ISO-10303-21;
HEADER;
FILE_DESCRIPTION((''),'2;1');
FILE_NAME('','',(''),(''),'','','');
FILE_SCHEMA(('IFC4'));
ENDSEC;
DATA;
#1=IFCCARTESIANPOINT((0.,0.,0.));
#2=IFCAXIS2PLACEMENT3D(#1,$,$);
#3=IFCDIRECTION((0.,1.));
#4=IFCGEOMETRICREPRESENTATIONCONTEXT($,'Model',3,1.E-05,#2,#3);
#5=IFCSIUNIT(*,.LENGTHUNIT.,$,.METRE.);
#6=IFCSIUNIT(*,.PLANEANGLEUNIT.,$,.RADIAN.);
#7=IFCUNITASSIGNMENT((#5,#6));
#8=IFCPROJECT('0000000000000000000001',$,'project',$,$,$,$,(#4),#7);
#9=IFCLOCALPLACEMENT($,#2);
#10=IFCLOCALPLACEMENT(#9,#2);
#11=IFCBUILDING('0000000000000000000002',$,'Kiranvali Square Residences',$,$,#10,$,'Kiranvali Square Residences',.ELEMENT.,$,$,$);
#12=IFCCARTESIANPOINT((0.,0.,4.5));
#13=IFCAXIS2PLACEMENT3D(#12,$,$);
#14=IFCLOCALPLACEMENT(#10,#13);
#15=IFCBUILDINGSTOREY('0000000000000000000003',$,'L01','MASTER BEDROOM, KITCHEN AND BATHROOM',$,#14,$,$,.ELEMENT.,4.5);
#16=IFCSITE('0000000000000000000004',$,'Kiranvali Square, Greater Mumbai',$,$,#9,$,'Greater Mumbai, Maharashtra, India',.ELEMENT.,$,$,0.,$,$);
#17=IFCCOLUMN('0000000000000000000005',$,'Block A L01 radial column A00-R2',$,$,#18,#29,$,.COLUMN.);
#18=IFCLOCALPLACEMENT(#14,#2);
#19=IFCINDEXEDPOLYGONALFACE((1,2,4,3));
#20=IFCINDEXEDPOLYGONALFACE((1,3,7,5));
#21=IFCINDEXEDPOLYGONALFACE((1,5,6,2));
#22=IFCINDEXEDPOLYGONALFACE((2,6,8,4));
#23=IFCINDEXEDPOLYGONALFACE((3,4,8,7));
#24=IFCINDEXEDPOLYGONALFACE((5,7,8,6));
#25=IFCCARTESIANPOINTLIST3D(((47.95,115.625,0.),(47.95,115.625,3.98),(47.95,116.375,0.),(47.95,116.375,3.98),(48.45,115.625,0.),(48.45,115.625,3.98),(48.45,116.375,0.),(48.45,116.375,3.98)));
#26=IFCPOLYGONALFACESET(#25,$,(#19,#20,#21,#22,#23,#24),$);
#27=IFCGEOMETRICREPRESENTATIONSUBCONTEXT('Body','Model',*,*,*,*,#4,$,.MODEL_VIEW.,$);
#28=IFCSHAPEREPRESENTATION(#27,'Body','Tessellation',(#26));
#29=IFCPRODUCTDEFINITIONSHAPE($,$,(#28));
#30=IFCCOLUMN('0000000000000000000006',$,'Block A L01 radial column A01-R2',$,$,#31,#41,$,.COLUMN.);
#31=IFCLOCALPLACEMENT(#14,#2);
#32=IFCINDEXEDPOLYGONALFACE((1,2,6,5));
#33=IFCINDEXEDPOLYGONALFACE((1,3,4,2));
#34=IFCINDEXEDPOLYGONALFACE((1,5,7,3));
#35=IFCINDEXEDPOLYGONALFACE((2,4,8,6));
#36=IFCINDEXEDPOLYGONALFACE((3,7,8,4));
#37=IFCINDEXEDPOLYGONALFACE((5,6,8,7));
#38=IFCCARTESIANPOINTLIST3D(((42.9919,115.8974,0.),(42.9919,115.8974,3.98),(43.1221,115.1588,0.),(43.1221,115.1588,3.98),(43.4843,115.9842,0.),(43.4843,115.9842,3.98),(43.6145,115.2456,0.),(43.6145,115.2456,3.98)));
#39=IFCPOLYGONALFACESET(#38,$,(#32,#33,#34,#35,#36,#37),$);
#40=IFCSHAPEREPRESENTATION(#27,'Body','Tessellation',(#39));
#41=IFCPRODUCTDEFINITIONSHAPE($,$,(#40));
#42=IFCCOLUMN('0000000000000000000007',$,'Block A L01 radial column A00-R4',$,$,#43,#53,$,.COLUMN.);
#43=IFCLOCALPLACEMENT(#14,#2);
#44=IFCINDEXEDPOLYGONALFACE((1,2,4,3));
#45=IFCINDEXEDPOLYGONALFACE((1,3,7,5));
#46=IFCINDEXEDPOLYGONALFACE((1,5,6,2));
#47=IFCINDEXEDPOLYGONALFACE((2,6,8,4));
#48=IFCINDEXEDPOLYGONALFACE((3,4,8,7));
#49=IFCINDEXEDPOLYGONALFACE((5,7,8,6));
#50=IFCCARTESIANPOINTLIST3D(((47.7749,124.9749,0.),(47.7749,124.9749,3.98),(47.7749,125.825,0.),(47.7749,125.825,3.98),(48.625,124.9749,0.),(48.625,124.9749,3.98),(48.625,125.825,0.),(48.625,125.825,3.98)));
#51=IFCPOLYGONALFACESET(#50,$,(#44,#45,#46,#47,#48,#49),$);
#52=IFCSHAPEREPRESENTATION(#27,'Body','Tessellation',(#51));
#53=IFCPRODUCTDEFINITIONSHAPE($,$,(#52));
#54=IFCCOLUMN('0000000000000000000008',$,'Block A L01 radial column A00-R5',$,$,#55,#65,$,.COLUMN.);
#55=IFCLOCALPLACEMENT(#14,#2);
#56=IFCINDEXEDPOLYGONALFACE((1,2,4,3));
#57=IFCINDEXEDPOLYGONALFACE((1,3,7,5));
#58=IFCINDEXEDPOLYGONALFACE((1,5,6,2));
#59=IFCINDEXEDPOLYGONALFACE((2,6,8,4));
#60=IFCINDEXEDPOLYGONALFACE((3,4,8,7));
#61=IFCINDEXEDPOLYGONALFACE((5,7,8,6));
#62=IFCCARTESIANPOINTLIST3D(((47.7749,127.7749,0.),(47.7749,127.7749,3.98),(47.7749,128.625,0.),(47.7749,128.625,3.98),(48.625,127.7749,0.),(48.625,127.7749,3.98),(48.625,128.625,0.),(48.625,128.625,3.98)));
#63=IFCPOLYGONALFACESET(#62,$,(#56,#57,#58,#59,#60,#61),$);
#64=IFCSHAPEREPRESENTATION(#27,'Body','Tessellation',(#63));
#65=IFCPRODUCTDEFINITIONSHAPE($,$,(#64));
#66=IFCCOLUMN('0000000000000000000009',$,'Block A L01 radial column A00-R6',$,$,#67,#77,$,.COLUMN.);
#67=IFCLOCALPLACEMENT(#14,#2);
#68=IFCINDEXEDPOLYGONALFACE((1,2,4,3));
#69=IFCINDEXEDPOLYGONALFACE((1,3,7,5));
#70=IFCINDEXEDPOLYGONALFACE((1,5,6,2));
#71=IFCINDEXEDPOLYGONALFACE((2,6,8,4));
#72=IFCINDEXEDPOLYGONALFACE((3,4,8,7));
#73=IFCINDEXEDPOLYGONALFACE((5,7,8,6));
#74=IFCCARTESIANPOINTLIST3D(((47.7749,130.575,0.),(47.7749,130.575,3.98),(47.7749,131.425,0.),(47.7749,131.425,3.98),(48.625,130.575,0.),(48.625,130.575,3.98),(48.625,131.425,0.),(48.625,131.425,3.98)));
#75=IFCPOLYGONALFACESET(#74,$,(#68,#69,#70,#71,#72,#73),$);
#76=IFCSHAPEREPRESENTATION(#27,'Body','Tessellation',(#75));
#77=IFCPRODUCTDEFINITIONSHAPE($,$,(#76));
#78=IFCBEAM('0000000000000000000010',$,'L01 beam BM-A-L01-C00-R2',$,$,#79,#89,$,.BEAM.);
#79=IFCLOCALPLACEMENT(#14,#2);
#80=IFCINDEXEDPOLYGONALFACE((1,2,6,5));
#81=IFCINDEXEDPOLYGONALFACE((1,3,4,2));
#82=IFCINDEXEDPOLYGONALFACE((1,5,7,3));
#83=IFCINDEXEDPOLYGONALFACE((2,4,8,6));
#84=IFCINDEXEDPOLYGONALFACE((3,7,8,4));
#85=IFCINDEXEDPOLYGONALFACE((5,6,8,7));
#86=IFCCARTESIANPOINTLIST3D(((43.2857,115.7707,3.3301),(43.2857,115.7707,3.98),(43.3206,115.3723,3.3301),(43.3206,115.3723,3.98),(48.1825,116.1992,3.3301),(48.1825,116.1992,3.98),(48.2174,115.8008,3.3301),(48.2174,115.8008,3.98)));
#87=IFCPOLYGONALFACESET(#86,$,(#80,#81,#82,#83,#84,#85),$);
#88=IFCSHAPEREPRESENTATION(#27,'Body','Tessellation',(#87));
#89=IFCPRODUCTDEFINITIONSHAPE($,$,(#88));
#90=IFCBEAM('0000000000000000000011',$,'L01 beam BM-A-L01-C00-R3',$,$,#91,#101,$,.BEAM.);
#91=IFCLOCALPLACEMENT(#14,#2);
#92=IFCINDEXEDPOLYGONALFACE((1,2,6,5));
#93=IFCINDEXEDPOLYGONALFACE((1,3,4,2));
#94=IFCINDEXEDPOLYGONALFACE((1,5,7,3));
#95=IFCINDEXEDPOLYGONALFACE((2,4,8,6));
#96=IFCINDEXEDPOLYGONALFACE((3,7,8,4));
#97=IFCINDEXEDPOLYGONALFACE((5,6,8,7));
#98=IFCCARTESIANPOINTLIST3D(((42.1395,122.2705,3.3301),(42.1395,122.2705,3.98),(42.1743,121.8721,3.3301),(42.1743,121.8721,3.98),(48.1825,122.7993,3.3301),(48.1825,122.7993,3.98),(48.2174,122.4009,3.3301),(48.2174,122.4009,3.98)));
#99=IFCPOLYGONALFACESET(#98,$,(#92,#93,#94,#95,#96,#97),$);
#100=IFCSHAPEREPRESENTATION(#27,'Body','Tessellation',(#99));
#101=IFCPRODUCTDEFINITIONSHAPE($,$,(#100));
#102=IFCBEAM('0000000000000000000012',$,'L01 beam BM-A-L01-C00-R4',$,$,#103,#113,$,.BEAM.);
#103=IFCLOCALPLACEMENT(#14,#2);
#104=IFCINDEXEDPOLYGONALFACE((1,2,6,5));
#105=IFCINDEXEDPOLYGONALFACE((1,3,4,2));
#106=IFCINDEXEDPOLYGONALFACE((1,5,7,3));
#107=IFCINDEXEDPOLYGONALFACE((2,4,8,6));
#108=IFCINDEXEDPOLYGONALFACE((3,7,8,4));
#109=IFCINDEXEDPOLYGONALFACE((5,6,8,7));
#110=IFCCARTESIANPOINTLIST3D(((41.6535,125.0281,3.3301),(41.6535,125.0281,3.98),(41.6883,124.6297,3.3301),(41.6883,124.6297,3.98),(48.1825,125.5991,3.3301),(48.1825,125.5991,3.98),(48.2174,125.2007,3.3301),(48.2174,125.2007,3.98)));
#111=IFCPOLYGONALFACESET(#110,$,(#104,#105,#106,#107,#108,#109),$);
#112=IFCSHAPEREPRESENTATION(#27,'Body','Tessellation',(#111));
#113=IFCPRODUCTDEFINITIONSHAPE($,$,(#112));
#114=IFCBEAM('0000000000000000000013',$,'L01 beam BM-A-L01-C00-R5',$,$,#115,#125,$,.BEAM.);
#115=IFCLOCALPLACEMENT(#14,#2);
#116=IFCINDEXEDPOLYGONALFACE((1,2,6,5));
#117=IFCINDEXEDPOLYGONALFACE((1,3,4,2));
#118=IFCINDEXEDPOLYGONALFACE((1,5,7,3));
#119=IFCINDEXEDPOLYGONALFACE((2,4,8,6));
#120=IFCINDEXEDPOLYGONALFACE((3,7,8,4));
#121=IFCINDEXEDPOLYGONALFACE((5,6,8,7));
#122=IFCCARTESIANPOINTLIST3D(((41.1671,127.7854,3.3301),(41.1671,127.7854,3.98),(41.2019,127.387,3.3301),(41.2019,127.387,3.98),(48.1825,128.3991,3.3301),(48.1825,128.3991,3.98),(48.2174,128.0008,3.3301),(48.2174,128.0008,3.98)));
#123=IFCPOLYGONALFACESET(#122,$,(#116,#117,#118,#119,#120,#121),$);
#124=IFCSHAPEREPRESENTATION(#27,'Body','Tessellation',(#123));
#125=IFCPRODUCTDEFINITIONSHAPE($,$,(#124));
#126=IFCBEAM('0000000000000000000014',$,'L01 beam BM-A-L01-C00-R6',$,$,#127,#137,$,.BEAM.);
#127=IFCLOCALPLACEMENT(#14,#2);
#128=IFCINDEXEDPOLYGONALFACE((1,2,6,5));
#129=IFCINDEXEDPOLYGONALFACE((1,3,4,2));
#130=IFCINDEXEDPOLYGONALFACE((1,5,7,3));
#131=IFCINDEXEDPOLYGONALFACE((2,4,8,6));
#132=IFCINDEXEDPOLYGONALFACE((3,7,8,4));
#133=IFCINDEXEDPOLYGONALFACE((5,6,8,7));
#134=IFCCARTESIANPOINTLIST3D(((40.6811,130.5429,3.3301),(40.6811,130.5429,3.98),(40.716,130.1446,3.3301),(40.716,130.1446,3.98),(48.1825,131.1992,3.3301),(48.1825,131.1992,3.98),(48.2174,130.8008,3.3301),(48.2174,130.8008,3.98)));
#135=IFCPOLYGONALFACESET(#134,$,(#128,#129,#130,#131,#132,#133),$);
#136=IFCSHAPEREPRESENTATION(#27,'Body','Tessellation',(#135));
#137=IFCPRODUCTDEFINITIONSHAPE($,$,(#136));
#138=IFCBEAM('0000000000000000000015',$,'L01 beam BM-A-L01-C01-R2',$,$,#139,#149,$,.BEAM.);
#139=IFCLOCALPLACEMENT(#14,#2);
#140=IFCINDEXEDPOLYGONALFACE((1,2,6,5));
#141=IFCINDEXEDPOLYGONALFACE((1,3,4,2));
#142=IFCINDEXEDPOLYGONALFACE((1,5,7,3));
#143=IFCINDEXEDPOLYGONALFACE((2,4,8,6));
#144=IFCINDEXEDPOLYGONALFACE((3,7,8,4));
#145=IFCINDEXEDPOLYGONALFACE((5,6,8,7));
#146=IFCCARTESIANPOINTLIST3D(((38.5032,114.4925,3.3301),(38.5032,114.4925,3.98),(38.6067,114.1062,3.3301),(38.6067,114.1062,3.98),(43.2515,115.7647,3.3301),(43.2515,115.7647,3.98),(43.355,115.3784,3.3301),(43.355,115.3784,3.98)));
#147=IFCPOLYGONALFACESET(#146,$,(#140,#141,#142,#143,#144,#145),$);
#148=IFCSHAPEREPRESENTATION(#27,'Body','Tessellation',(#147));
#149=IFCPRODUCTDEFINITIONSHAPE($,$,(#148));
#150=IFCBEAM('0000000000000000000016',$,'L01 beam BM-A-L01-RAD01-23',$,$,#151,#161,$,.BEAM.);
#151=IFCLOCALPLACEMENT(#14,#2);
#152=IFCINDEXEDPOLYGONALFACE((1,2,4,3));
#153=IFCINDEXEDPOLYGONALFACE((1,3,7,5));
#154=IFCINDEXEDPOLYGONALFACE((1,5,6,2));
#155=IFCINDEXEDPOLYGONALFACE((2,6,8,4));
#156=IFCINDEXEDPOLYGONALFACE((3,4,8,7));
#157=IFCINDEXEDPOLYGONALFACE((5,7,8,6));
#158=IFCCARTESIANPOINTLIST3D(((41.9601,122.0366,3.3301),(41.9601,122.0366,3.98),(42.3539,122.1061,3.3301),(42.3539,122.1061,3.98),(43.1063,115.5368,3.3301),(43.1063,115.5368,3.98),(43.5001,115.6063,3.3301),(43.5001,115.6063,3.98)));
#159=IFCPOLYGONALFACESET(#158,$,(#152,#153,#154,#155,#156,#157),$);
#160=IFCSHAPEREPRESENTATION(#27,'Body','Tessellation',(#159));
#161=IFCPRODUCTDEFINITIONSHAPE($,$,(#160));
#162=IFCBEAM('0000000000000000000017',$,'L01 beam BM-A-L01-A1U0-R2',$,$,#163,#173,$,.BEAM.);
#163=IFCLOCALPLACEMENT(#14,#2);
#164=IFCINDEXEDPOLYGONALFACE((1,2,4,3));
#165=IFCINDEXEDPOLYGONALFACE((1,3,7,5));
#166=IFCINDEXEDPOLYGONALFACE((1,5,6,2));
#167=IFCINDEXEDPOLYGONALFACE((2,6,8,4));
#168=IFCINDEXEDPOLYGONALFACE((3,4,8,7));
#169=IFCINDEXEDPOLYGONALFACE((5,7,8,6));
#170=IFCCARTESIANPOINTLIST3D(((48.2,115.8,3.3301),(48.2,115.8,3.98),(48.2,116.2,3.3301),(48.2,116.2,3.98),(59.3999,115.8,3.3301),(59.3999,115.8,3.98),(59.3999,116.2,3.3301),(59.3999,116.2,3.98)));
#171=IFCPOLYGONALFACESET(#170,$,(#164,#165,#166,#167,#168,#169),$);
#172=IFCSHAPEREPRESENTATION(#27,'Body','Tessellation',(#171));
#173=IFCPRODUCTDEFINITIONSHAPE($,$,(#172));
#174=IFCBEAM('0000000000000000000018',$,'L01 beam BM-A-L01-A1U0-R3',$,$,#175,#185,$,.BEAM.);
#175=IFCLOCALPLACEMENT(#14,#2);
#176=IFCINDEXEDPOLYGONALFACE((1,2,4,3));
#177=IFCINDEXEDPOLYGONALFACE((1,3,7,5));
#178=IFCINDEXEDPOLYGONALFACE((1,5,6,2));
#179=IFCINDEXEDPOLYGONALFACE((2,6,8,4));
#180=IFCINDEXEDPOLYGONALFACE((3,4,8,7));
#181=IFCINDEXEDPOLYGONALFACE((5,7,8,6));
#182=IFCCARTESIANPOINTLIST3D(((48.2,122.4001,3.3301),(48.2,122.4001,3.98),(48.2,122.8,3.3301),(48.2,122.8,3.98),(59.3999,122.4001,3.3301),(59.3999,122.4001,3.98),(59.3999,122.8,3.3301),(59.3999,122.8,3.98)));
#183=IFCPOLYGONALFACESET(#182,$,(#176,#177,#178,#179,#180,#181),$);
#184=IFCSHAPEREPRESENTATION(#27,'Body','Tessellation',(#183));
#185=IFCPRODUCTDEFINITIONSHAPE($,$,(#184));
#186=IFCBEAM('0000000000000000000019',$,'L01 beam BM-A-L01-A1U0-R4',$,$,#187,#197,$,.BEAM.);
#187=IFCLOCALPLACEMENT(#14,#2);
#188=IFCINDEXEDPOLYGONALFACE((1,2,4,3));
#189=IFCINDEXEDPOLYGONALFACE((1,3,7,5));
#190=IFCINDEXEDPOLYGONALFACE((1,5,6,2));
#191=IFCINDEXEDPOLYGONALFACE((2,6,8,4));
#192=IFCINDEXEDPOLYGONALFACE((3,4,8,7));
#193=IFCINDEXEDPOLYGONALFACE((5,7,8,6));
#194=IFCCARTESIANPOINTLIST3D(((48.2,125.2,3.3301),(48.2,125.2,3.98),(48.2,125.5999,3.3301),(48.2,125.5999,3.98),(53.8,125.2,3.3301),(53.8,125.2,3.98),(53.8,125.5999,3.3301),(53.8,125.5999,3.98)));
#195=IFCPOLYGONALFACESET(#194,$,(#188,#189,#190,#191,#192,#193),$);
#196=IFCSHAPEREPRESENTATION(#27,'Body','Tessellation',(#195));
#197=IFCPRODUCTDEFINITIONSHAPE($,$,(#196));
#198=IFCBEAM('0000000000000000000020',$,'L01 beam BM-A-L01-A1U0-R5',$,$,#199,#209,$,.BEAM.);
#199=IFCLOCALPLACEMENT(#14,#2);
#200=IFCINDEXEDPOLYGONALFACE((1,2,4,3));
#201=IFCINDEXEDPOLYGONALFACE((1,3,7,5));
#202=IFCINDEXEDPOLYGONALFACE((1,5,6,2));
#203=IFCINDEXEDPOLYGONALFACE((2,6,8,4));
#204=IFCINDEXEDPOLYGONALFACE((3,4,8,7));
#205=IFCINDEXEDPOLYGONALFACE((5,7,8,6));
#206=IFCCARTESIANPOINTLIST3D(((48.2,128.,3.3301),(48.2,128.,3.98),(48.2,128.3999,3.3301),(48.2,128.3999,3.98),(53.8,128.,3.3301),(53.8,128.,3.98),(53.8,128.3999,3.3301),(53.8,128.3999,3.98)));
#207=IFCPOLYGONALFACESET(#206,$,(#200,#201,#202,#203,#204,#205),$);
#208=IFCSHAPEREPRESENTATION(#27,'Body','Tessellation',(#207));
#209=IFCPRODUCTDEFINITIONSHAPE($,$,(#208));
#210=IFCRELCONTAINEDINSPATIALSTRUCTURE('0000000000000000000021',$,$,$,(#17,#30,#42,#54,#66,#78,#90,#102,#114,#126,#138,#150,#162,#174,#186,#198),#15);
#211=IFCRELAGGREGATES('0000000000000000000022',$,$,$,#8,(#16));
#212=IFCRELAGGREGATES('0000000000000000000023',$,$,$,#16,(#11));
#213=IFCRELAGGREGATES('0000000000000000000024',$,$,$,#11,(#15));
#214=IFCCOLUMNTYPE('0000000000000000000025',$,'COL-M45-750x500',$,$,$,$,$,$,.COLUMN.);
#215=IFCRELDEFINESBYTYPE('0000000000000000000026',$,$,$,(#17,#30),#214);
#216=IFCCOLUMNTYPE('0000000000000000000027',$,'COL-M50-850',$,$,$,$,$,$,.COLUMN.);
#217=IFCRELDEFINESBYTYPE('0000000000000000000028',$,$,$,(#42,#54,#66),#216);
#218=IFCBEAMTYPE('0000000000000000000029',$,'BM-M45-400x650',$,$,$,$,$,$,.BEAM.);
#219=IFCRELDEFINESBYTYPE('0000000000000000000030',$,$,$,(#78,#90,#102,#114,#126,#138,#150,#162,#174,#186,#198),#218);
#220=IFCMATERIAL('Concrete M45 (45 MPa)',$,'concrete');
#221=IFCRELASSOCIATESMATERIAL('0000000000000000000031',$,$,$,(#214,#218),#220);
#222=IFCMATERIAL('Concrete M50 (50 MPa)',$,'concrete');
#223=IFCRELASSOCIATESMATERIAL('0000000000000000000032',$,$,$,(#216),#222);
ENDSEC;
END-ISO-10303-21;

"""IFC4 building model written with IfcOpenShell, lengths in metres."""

from ifc_helpers import new_model, si_unit, direction, frame, origin, origin_2d, place, context, subcontext, project, spatial, rectangle, extrude, material, material_profile, profile_set, type_object, element, save


model = new_model("IFC4")

# Units and contexts
model_context = context("Model", 3, precision=1e-05, world=origin(), true_north=direction((0.0, 1.0)))
body_context = subcontext(model_context, "Body", "Model", "MODEL_VIEW")
ifc_project = project(units=[si_unit("LENGTHUNIT", "METRE"), si_unit("PLANEANGLEUNIT", "RADIAN")], contexts=[model_context])

# Site, building, storey
site_placement = place(None, origin())
site = spatial("IfcSite", under=ifc_project, at=site_placement, Name="Kiranvali Square, Greater Mumbai", LongName="Greater Mumbai, Maharashtra, India", CompositionType="ELEMENT", RefElevation=0.0)
building_placement = place(site_placement, origin())
building = spatial("IfcBuilding", under=site, at=building_placement, Name="Kiranvali Square Residences", LongName="Kiranvali Square Residences", CompositionType="ELEMENT")
storey_placement = place(building_placement, frame((0.0, 0.0, 4.5)))
storey = spatial("IfcBuildingStorey", under=building, at=storey_placement, Name="L01", Description="MASTER BEDROOM, KITCHEN AND BATHROOM", CompositionType="ELEMENT", Elevation=4.5)

# Columns
ifc_material_1 = material(Name="Concrete M45 (45 MPa)", Category="concrete")
ifc_material_profile_1 = material_profile(ifc_material_1, rectangle(XDim=0.5, YDim=0.75, at=origin_2d()), Name="RC 750x500")
ifc_profile_set_1 = profile_set([ifc_material_profile_1], Name="Concrete M45 (45 MPa)")
column_type_1 = type_object("IfcColumnType", Name="COL-M45-750x500", PredefinedType="COLUMN", material=ifc_profile_set_1)
for number, where, z_axis, x_axis, name in (
    (1, (48.2, 116.0, 0.0), (0.0, 0.0, 1.0), (1.0, 0.0, 0.0), "Block A L01 radial column A00-R2"),
    (2, (43.3032, 115.5715, 0.0), (0.0, 0.0, 1.0), (0.984808, 0.173648, 0.0), "Block A L01 radial column A01-R2"),
):
    element("IfcColumn", number, at=place(storey_placement, frame(where, z_axis=z_axis, x_axis=x_axis)), inside=storey, type_object=column_type_1, Name=name, PredefinedType="COLUMN", context=body_context, shape_type="SweptSolid", body=[
        extrude(rectangle(XDim=0.5, YDim=0.75, at=origin_2d()), origin(), (0.0, 0.0, 1.0), 3.98),
    ])
ifc_material_2 = material(Name="Concrete M50 (50 MPa)", Category="concrete")
ifc_material_profile_2 = material_profile(ifc_material_2, rectangle(XDim=0.8501, YDim=0.8501, at=origin_2d()), Name="RC 850x850")
ifc_profile_set_2 = profile_set([ifc_material_profile_2], Name="Concrete M50 (50 MPa)")
column_type_2 = type_object("IfcColumnType", Name="COL-M50-850", PredefinedType="COLUMN", material=ifc_profile_set_2)
for number, where, z_axis, x_axis, name in (
    (3, (48.2, 125.3999, 0.0), (0.0, 0.0, 1.0), (1.0, 0.0, 0.0), "Block A L01 radial column A00-R4"),
    (4, (48.2, 128.2, 0.0), (0.0, 0.0, 1.0), (1.0, 0.0, 0.0), "Block A L01 radial column A00-R5"),
    (5, (48.2, 131.0, 0.0), (0.0, 0.0, 1.0), (1.0, 0.0, 0.0), "Block A L01 radial column A00-R6"),
):
    element("IfcColumn", number, at=place(storey_placement, frame(where, z_axis=z_axis, x_axis=x_axis)), inside=storey, type_object=column_type_2, Name=name, PredefinedType="COLUMN", context=body_context, shape_type="SweptSolid", body=[
        extrude(rectangle(XDim=0.8501, YDim=0.8501, at=origin_2d()), origin(), (0.0, 0.0, 1.0), 3.98),
    ])

# Beams
ifc_material_profile_3 = material_profile(ifc_material_1, rectangle(XDim=0.3999, YDim=0.6499, at=origin_2d()), Name="RC 400x650")
ifc_profile_set_3 = profile_set([ifc_material_profile_3], Name="Concrete M45 (45 MPa)")
beam_type = type_object("IfcBeamType", Name="BM-M45-400x650", PredefinedType="BEAM", material=ifc_profile_set_3)
beam_1_placement = place(storey_placement, frame((48.2, 116.0, 3.655), z_axis=(-0.996194, -0.087168, 0.0), x_axis=(0.087168, -0.996194, 0.0)))
element("IfcBeam", 6, at=beam_1_placement, inside=storey, type_object=beam_type, Name="L01 beam BM-A-L01-C00-R2", PredefinedType="BEAM", context=body_context, shape_type="SweptSolid", body=[
    extrude(rectangle(XDim=0.3999, YDim=0.6499, at=origin_2d()), origin(), (0.0, 0.0, 1.0), 4.9155),
])
beam_2_placement = place(storey_placement, frame((48.2, 122.6001, 3.655), z_axis=(-0.996193, -0.087175, 0.0), x_axis=(0.087175, -0.996193, 0.0)))
element("IfcBeam", 7, at=beam_2_placement, inside=storey, type_object=beam_type, Name="L01 beam BM-A-L01-C00-R3", PredefinedType="BEAM", context=body_context, shape_type="SweptSolid", body=[
    extrude(rectangle(XDim=0.3999, YDim=0.6499, at=origin_2d()), origin(), (0.0, 0.0, 1.0), 6.0662),
])
beam_3_placement = place(storey_placement, frame((48.2, 125.3999, 3.655), z_axis=(-0.996197, -0.08713, 0.0), x_axis=(0.08713, -0.996197, 0.0)))
element("IfcBeam", 8, at=beam_3_placement, inside=storey, type_object=beam_type, Name="L01 beam BM-A-L01-C00-R4", PredefinedType="BEAM", context=body_context, shape_type="SweptSolid", body=[
    extrude(rectangle(XDim=0.3999, YDim=0.6499, at=origin_2d()), origin(), (0.0, 0.0, 1.0), 6.554),
])
beam_4_placement = place(storey_placement, frame((48.2, 128.2, 3.655), z_axis=(-0.996195, -0.087156, 0.0), x_axis=(0.087156, -0.996195, 0.0)))
element("IfcBeam", 9, at=beam_4_placement, inside=storey, type_object=beam_type, Name="L01 beam BM-A-L01-C00-R5", PredefinedType="BEAM", context=body_context, shape_type="SweptSolid", body=[
    extrude(rectangle(XDim=0.3999, YDim=0.6499, at=origin_2d()), origin(), (0.0, 0.0, 1.0), 7.0422),
])
beam_5_placement = place(storey_placement, frame((48.2, 131.0, 3.655), z_axis=(-0.996195, -0.08715, 0.0), x_axis=(0.08715, -0.996195, 0.0)))
element("IfcBeam", 10, at=beam_5_placement, inside=storey, type_object=beam_type, Name="L01 beam BM-A-L01-C00-R6", PredefinedType="BEAM", context=body_context, shape_type="SweptSolid", body=[
    extrude(rectangle(XDim=0.3999, YDim=0.6499, at=origin_2d()), origin(), (0.0, 0.0, 1.0), 7.53),
])
beam_6_placement = place(storey_placement, frame((43.3032, 115.5715, 3.655), z_axis=(-0.96593, -0.258803, 0.0), x_axis=(0.258803, -0.96593, 0.0)))
element("IfcBeam", 11, at=beam_6_placement, inside=storey, type_object=beam_type, Name="L01 beam BM-A-L01-C01-R2", PredefinedType="BEAM", context=body_context, shape_type="SweptSolid", body=[
    extrude(rectangle(XDim=0.3999, YDim=0.6499, at=origin_2d()), origin(), (0.0, 0.0, 1.0), 4.9158),
])
beam_7_placement = place(storey_placement, frame((43.3032, 115.5715, 3.655), z_axis=(-0.173671, 0.984804, 0.0), x_axis=(-0.984804, -0.173671, 0.0)))
element("IfcBeam", 12, at=beam_7_placement, inside=storey, type_object=beam_type, Name="L01 beam BM-A-L01-RAD01-23", PredefinedType="BEAM", context=body_context, shape_type="SweptSolid", body=[
    extrude(rectangle(XDim=0.3999, YDim=0.6499, at=origin_2d()), origin(), (0.0, 0.0, 1.0), 6.6001),
])
for number, where, z_axis, x_axis, name in (
    (13, (48.2, 116.0, 3.655), (1.0, 0.0, 0.0), (0.0, 1.0, 0.0), "L01 beam BM-A-L01-A1U0-R2"),
    (14, (48.2, 122.6001, 3.655), (1.0, 0.0, 0.0), (0.0, 1.0, 0.0), "L01 beam BM-A-L01-A1U0-R3"),
):
    element("IfcBeam", number, at=place(storey_placement, frame(where, z_axis=z_axis, x_axis=x_axis)), inside=storey, type_object=beam_type, Name=name, PredefinedType="BEAM", context=body_context, shape_type="SweptSolid", body=[
        extrude(rectangle(XDim=0.3999, YDim=0.6499, at=origin_2d()), origin(), (0.0, 0.0, 1.0), 11.2),
    ])
for number, where, z_axis, x_axis, name in (
    (15, (48.2, 125.3999, 3.655), (1.0, 0.0, 0.0), (0.0, 1.0, 0.0), "L01 beam BM-A-L01-A1U0-R4"),
    (16, (48.2, 128.2, 3.655), (1.0, 0.0, 0.0), (0.0, 1.0, 0.0), "L01 beam BM-A-L01-A1U0-R5"),
):
    element("IfcBeam", number, at=place(storey_placement, frame(where, z_axis=z_axis, x_axis=x_axis)), inside=storey, type_object=beam_type, Name=name, PredefinedType="BEAM", context=body_context, shape_type="SweptSolid", body=[
        extrude(rectangle(XDim=0.3999, YDim=0.6499, at=origin_2d()), origin(), (0.0, 0.0, 1.0), 5.6001),
    ])

save(model, "model.ifc")
